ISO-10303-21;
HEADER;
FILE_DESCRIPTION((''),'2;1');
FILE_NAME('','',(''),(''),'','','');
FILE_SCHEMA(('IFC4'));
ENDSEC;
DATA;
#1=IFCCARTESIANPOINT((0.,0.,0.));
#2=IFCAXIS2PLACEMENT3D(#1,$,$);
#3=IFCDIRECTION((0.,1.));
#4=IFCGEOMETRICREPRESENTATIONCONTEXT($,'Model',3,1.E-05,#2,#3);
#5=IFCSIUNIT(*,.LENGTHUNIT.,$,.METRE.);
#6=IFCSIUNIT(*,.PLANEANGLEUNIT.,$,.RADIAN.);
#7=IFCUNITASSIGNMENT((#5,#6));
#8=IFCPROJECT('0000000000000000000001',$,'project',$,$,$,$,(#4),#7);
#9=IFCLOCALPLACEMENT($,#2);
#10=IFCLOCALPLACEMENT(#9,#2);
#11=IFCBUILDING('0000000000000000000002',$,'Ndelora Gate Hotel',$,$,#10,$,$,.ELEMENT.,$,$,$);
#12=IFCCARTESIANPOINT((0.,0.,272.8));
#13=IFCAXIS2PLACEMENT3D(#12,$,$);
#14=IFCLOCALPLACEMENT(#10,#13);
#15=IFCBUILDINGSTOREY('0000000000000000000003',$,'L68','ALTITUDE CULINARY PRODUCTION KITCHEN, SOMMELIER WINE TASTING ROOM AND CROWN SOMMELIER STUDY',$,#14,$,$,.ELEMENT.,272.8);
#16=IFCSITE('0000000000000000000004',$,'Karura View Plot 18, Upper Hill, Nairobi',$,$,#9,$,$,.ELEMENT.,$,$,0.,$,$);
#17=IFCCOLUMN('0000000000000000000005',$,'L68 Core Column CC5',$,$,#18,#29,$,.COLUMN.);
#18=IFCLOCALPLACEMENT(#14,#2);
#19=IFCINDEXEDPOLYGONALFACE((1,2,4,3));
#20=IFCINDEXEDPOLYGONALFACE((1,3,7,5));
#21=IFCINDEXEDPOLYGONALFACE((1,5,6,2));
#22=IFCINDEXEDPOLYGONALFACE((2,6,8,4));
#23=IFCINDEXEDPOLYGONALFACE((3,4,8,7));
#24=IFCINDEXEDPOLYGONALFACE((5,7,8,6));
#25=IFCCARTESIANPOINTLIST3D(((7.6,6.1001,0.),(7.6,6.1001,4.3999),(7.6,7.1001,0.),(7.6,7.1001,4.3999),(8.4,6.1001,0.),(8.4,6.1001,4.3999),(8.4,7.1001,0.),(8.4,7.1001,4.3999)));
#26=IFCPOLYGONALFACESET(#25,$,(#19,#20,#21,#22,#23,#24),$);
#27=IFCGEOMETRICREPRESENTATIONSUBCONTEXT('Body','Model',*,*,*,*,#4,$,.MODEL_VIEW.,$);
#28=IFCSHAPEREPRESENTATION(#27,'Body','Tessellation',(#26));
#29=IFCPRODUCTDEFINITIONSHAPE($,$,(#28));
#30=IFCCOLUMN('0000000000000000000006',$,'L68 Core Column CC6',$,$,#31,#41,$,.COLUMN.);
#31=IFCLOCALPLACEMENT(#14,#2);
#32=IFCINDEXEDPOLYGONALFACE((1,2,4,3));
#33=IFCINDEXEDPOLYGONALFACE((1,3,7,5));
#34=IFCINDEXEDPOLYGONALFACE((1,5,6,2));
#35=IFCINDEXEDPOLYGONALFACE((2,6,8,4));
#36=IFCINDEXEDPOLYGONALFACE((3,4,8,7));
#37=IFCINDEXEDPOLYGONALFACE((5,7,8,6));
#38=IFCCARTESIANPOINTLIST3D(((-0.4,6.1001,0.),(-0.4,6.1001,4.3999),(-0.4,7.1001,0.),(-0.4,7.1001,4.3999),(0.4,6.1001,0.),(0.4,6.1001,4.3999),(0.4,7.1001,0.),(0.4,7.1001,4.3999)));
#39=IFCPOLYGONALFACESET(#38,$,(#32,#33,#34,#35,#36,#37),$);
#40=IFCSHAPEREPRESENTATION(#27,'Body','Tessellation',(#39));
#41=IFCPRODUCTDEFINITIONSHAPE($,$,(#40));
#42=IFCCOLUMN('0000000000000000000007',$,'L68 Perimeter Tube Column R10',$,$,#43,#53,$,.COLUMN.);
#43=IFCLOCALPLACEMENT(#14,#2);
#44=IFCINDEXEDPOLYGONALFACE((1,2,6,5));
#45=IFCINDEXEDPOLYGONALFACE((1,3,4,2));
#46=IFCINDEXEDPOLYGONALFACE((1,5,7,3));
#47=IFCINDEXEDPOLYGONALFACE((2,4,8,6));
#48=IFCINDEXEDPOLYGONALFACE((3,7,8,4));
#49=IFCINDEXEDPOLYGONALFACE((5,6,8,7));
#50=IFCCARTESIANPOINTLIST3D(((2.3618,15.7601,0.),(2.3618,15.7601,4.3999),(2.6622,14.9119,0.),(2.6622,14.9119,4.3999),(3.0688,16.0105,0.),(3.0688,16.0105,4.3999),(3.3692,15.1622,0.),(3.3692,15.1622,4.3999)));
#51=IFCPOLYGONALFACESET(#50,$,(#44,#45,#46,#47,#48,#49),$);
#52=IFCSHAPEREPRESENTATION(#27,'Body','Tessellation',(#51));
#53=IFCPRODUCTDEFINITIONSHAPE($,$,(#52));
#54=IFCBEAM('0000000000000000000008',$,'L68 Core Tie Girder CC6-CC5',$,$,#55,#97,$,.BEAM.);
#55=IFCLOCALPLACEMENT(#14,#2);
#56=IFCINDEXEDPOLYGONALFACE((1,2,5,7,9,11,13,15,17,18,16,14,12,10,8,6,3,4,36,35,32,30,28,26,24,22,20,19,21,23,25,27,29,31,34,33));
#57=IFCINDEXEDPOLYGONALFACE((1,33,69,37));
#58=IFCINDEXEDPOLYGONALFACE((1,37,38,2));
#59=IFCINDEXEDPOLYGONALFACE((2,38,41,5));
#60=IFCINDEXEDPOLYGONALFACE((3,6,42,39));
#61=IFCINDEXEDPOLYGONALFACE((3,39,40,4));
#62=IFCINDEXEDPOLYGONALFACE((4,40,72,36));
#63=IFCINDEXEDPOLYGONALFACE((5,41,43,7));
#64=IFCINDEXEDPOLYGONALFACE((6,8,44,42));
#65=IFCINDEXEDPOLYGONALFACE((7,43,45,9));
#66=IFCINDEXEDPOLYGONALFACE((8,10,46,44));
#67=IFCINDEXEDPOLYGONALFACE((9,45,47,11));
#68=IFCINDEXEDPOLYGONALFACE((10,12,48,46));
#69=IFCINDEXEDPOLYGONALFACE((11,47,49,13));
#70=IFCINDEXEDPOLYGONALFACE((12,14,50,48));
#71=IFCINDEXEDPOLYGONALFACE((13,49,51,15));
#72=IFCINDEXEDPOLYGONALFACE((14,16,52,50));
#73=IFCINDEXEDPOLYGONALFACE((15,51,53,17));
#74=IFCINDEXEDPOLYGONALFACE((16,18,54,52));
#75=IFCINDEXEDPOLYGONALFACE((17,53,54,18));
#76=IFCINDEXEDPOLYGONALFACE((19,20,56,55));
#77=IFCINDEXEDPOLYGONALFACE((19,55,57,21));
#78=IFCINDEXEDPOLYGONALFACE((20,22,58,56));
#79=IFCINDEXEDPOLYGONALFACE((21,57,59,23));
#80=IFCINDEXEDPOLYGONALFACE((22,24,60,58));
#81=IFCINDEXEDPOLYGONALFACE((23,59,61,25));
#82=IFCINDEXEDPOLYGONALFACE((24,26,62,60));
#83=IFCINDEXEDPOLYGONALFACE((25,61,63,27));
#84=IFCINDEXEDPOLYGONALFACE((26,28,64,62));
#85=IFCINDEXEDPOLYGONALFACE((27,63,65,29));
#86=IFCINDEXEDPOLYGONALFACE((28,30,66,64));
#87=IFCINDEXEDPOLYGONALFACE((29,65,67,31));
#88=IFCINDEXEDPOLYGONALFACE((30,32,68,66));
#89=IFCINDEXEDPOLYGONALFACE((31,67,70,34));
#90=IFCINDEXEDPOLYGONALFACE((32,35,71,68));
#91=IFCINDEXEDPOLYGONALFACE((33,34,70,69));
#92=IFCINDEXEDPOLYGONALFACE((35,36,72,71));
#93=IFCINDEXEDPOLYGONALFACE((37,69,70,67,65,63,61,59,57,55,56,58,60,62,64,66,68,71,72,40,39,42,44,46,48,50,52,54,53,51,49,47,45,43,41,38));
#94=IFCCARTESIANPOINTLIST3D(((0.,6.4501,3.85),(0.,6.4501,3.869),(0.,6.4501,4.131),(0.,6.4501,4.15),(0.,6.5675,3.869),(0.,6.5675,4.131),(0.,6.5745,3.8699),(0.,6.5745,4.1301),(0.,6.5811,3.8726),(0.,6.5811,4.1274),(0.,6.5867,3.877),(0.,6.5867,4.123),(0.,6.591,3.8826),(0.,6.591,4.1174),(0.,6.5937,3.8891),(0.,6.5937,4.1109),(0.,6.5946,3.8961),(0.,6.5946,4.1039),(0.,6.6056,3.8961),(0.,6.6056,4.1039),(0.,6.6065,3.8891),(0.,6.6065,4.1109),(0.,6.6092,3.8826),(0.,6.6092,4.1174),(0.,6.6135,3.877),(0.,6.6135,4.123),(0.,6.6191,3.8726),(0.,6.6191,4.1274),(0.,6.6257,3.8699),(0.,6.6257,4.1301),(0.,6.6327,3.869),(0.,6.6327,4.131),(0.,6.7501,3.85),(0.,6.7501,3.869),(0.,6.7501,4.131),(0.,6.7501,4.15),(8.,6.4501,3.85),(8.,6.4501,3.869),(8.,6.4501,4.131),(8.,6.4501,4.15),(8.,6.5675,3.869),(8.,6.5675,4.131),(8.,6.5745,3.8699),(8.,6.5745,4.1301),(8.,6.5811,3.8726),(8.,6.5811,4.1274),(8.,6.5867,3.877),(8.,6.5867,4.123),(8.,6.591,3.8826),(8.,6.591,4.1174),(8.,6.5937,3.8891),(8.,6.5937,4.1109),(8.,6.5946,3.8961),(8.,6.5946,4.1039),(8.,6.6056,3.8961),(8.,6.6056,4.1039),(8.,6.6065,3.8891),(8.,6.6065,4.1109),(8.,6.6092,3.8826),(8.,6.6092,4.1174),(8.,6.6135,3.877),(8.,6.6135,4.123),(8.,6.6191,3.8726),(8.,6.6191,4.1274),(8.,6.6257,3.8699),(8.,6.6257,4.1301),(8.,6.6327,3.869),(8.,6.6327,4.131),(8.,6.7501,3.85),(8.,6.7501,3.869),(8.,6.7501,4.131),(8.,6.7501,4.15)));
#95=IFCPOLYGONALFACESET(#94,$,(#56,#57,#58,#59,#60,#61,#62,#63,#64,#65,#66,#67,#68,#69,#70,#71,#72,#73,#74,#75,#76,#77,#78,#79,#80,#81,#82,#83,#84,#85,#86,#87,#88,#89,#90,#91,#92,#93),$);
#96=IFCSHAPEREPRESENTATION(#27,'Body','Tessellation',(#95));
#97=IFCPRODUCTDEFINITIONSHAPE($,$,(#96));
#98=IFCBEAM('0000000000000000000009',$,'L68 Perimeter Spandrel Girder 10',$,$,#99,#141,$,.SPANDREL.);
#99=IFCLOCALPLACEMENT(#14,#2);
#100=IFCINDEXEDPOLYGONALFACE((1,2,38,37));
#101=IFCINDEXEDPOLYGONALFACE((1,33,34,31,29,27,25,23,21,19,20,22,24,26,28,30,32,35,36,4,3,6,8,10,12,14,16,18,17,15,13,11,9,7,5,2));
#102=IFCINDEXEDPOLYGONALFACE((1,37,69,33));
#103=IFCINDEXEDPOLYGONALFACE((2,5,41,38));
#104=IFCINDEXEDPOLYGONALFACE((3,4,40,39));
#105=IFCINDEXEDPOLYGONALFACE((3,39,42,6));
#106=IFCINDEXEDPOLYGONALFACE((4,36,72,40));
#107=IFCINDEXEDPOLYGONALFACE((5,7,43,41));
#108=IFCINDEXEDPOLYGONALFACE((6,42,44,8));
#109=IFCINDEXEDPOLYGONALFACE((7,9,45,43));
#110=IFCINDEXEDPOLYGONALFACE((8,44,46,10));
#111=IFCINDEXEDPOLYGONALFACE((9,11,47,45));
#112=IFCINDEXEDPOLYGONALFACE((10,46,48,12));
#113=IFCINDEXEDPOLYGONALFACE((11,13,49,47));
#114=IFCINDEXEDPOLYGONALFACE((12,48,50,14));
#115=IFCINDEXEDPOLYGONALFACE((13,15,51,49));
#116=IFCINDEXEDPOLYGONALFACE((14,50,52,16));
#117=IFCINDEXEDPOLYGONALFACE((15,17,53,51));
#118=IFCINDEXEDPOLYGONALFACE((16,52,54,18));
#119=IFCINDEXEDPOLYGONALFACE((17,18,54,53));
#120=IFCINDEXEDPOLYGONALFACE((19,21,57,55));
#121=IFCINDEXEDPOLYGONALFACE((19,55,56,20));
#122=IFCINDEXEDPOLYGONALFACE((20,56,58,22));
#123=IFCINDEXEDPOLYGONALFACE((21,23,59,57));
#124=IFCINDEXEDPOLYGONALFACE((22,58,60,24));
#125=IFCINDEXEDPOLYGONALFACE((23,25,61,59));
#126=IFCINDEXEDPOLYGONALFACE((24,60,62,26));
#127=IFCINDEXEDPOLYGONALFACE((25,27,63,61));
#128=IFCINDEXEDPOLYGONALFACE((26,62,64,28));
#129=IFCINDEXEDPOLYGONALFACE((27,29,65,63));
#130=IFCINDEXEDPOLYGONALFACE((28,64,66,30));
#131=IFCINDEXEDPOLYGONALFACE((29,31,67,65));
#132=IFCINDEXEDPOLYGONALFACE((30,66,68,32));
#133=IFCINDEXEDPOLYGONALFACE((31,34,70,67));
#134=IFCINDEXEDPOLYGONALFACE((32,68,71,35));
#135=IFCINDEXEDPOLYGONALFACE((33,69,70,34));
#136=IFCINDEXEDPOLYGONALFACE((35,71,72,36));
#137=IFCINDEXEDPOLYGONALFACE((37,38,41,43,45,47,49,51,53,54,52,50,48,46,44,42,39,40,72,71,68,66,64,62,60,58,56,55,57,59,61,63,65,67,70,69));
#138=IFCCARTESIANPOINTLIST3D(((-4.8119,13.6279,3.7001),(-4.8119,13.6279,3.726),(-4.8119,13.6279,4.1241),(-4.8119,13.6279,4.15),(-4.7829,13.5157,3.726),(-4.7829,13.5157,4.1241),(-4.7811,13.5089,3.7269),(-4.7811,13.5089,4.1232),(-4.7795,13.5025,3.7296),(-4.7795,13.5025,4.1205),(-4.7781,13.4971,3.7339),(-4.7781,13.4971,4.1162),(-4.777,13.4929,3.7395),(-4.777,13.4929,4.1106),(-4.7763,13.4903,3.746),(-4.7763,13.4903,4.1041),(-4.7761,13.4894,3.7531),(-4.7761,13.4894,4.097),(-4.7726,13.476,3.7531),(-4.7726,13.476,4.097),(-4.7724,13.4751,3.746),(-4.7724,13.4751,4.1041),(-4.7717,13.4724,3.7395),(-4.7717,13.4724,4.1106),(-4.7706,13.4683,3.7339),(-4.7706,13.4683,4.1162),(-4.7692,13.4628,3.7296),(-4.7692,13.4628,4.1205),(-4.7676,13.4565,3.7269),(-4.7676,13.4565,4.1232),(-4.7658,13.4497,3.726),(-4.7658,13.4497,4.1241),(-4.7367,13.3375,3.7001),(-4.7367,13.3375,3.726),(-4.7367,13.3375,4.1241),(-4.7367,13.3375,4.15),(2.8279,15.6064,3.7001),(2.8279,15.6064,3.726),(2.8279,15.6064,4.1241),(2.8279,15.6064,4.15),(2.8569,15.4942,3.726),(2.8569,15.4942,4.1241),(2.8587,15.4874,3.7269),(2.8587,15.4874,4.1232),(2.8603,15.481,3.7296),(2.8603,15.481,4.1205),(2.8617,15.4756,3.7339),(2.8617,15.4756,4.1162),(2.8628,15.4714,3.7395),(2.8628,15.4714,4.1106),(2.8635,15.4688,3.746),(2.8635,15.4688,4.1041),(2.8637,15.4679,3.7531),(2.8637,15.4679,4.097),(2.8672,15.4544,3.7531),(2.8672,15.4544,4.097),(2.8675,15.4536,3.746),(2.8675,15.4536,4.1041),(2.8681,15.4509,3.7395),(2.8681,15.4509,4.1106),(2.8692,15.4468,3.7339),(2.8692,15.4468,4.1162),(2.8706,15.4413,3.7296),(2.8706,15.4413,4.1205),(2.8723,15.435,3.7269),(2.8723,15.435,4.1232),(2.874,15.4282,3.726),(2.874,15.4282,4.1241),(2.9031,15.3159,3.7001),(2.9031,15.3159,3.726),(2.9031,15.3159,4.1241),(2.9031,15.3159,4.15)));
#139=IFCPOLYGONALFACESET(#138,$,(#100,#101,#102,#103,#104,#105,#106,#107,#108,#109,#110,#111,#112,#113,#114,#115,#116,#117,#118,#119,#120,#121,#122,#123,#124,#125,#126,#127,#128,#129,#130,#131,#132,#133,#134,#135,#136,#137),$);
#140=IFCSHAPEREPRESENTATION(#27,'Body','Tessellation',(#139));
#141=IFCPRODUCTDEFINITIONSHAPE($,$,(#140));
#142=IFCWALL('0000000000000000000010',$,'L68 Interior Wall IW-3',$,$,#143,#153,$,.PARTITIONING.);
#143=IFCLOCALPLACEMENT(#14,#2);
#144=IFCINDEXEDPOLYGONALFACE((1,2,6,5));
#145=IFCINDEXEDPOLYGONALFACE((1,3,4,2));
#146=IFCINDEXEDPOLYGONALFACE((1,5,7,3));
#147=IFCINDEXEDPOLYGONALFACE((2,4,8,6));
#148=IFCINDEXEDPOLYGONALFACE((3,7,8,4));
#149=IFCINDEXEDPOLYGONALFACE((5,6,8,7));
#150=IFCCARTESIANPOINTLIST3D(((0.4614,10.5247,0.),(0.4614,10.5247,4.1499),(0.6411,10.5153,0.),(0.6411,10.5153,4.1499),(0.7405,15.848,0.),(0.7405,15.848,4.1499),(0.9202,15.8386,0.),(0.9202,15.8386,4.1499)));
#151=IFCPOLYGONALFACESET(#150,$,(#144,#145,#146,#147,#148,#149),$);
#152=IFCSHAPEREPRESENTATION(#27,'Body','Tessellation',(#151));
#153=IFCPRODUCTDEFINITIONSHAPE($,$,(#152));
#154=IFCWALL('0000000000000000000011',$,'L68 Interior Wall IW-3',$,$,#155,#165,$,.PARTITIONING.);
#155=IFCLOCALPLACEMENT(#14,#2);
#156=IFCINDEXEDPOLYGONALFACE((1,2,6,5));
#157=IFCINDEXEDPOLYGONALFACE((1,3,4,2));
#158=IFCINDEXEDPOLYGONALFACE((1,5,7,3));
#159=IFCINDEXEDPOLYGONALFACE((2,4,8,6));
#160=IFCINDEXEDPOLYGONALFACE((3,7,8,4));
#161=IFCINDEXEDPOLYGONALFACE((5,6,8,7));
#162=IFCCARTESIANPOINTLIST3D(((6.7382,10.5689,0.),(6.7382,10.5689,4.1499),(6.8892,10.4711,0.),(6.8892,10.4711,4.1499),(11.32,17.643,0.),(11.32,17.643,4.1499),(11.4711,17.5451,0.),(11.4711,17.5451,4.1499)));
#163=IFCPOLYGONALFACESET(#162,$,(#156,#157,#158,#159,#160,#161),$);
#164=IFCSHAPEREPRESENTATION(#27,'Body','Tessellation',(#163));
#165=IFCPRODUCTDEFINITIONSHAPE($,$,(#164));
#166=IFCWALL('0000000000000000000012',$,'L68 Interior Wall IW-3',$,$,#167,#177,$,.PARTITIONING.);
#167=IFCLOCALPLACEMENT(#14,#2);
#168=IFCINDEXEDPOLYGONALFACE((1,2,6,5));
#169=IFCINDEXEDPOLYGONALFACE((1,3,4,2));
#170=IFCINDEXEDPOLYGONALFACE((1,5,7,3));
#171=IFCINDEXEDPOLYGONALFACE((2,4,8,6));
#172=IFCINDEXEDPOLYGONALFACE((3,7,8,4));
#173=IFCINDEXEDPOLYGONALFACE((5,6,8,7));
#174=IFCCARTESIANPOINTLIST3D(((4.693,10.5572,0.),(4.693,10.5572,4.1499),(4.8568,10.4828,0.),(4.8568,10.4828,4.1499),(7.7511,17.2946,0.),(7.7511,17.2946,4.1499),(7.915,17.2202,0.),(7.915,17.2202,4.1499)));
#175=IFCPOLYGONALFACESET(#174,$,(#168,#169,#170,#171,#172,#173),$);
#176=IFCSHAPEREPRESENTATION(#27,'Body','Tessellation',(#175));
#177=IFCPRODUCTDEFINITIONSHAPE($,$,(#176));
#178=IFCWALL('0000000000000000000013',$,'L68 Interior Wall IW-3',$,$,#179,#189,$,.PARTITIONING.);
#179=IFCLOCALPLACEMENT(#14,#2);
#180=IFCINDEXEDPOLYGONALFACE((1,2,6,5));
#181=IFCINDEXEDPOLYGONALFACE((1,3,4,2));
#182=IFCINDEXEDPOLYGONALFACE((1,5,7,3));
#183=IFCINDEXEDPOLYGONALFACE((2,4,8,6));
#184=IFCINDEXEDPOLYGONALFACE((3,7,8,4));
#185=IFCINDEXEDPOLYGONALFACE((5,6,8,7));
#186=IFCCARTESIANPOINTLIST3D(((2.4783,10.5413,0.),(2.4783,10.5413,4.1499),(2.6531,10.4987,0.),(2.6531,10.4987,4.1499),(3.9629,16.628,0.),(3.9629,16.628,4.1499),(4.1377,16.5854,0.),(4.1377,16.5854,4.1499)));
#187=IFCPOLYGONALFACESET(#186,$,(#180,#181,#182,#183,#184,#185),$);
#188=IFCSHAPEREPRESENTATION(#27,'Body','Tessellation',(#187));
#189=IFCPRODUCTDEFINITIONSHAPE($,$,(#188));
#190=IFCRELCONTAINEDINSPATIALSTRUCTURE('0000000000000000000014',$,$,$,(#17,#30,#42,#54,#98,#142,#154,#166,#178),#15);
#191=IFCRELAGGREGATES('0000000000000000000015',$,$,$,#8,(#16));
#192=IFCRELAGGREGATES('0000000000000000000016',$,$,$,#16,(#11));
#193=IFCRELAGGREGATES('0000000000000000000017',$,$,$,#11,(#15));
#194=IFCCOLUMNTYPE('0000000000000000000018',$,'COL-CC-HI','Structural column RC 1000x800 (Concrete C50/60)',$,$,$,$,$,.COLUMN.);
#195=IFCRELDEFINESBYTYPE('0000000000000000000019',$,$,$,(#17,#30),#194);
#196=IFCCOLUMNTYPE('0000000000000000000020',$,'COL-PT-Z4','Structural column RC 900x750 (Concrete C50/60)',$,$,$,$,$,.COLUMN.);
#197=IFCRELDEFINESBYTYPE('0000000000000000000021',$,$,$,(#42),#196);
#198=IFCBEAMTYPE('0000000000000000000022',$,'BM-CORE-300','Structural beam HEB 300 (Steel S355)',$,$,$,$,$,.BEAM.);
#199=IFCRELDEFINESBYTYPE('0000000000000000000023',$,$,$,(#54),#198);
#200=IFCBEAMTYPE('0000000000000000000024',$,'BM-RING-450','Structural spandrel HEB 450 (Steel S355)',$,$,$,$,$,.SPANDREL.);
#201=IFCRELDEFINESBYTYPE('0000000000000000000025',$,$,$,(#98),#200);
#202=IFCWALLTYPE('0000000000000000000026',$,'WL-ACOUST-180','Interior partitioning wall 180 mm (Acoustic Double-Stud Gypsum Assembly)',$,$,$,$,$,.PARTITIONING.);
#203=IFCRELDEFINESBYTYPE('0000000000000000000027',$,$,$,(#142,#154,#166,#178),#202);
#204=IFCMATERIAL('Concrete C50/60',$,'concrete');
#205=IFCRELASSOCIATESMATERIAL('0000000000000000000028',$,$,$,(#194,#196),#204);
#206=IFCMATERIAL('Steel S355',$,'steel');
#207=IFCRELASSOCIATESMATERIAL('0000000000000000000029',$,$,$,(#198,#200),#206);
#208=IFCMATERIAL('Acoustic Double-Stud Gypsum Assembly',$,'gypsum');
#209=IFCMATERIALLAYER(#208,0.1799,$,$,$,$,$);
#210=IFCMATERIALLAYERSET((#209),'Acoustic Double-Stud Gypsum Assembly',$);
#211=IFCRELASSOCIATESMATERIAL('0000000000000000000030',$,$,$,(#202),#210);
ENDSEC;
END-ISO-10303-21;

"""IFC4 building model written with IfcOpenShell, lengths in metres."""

from ifc_helpers import new_model, si_unit, direction, frame, frame_2d, origin, origin_2d, place, context, subcontext, project, spatial, rectangle, i_section, extrude, material, layer, layer_set, material_profile, profile_set, type_object, element, save


model = new_model("IFC4")

# Units and contexts
model_context = context("Model", 3, precision=1e-05, world=origin(), true_north=direction((0.0, 1.0)))
body_context = subcontext(model_context, "Body", "Model", "MODEL_VIEW")
ifc_project = project(units=[si_unit("LENGTHUNIT", "METRE"), si_unit("PLANEANGLEUNIT", "RADIAN")], contexts=[model_context])

# Site, building, storey
site_placement = place(None, origin())
site = spatial("IfcSite", under=ifc_project, at=site_placement, Name="Karura View Plot 18, Upper Hill, Nairobi", CompositionType="ELEMENT", RefElevation=0.0)
building_placement = place(site_placement, origin())
building = spatial("IfcBuilding", under=site, at=building_placement, Name="Ndelora Gate Hotel", CompositionType="ELEMENT")
storey_placement = place(building_placement, frame((0.0, 0.0, 272.8)))
storey = spatial("IfcBuildingStorey", under=building, at=storey_placement, Name="L68", Description="ALTITUDE CULINARY PRODUCTION KITCHEN, SOMMELIER WINE TASTING ROOM AND CROWN SOMMELIER STUDY", CompositionType="ELEMENT", Elevation=272.8)

# Columns
ifc_material_1 = material(Name="Concrete C50/60", Category="concrete")
ifc_material_profile_1 = material_profile(ifc_material_1, rectangle(XDim=0.8, YDim=1.0, at=origin_2d()), Name="RC 1000x800")
ifc_profile_set_1 = profile_set([ifc_material_profile_1], Name="Concrete C50/60")
column_type_1 = type_object("IfcColumnType", Name="COL-CC-HI", Description="Structural column RC 1000x800 (Concrete C50/60)", PredefinedType="COLUMN", material=ifc_profile_set_1)
for number, where, z_axis, x_axis, name in (
    (1, (8.0, 6.6001, 0.0), (0.0, 0.0, 1.0), (1.0, 0.0, 0.0), "L68 Core Column CC5"),
    (2, (0.0, 6.6001, 0.0), (0.0, 0.0, 1.0), (1.0, 0.0, 0.0), "L68 Core Column CC6"),
):
    element("IfcColumn", number, at=place(storey_placement, frame(where, z_axis=z_axis, x_axis=x_axis)), inside=storey, type_object=column_type_1, Name=name, PredefinedType="COLUMN", context=body_context, shape_type="SweptSolid", body=[
        extrude(rectangle(XDim=0.8, YDim=1.0, at=origin_2d()), origin(), (0.0, 0.0, 1.0), 4.3999),
    ])
ifc_material_profile_2 = material_profile(ifc_material_1, rectangle(XDim=0.75, YDim=0.8999, at=origin_2d()), Name="RC 900x750")
ifc_profile_set_2 = profile_set([ifc_material_profile_2], Name="Concrete C50/60")
column_type_2 = type_object("IfcColumnType", Name="COL-PT-Z4", Description="Structural column RC 900x750 (Concrete C50/60)", PredefinedType="COLUMN", material=ifc_profile_set_2)
column_placement = place(storey_placement, frame((2.8655, 15.4612, 0.0), z_axis=(0.0, 0.0, 1.0), x_axis=(0.942641, 0.333807, 0.0)))
element("IfcColumn", 3, at=column_placement, inside=storey, type_object=column_type_2, Name="L68 Perimeter Tube Column R10", PredefinedType="COLUMN", context=body_context, shape_type="SweptSolid", body=[
    extrude(rectangle(XDim=0.75, YDim=0.8999, at=origin_2d()), origin(), (0.0, 0.0, 1.0), 4.3999),
])

# Beams
ifc_material_2 = material(Name="Steel S355", Category="steel")
ifc_material_profile_3 = material_profile(ifc_material_2, i_section(OverallWidth=0.3, OverallDepth=0.3, WebThickness=0.011, FlangeThickness=0.019, FilletRadius=0.0271, at=origin_2d()), Name="HEB 300")
ifc_profile_set_3 = profile_set([ifc_material_profile_3], Name="Steel S355")
beam_type_1 = type_object("IfcBeamType", Name="BM-CORE-300", Description="Structural beam HEB 300 (Steel S355)", PredefinedType="BEAM", material=ifc_profile_set_3)
beam_1_placement = place(storey_placement, frame((0.0, 6.6001, 4.0), z_axis=(1.0, 0.0, 0.0), x_axis=(0.0, 1.0, 0.0)))
element("IfcBeam", 4, at=beam_1_placement, inside=storey, type_object=beam_type_1, Name="L68 Core Tie Girder CC6-CC5", PredefinedType="BEAM", context=body_context, shape_type="SweptSolid", body=[
    extrude(i_section(OverallWidth=0.3, OverallDepth=0.3, WebThickness=0.011, FlangeThickness=0.019, FilletRadius=0.0271, at=origin_2d()), origin(), (0.0, 0.0, 1.0), 8.0),
])
ifc_material_profile_4 = material_profile(ifc_material_2, i_section(OverallWidth=0.3, OverallDepth=0.45, WebThickness=0.0139, FlangeThickness=0.0259, FilletRadius=0.0271, at=origin_2d()), Name="HEB 450")
ifc_profile_set_4 = profile_set([ifc_material_profile_4], Name="Steel S355")
beam_type_2 = type_object("IfcBeamType", Name="BM-RING-450", Description="Structural spandrel HEB 450 (Steel S355)", PredefinedType="SPANDREL", material=ifc_profile_set_4)
beam_2_placement = place(storey_placement, frame((2.8655, 15.4612, 3.925), z_axis=(-0.968064, -0.250701, 0.0), x_axis=(0.250701, -0.968064, 0.0)))
element("IfcBeam", 5, at=beam_2_placement, inside=storey, type_object=beam_type_2, Name="L68 Perimeter Spandrel Girder 10", PredefinedType="SPANDREL", context=body_context, shape_type="SweptSolid", body=[
    extrude(i_section(OverallWidth=0.3, OverallDepth=0.45, WebThickness=0.0139, FlangeThickness=0.0259, FilletRadius=0.0271, at=origin_2d()), origin(), (0.0, 0.0, 1.0), 7.8918),
])

# Walls
ifc_material_3 = material(Name="Acoustic Double-Stud Gypsum Assembly", Category="gypsum")
ifc_layer_1 = layer(ifc_material_3, 0.1799)
ifc_layer_set_1 = layer_set([ifc_layer_1], Name="Acoustic Double-Stud Gypsum Assembly")
wall_type_1 = type_object("IfcWallType", Name="WL-ACOUST-180", Description="Interior partitioning wall 180 mm (Acoustic Double-Stud Gypsum Assembly)", PredefinedType="PARTITIONING", material=ifc_layer_set_1)
wall_1_placement = place(storey_placement, frame((0.5513, 10.52, 0.0), z_axis=(0.0, 0.0, 1.0), x_axis=(0.05235, 0.998629, 0.0)))
element("IfcWall", 6, at=wall_1_placement, inside=storey, type_object=wall_type_1, Name="L68 Interior Wall IW-3", PredefinedType="PARTITIONING", context=body_context, shape_type="SweptSolid", body=[
    extrude(rectangle(XDim=5.3306, YDim=0.1799, at=frame_2d((2.6653, 0.0))), origin(), (0.0, 0.0, 1.0), 4.1499),
])
wall_2_placement = place(storey_placement, frame((6.8137, 10.52, 0.0), z_axis=(0.0, 0.0, 1.0), x_axis=(0.543628, 0.839326, 0.0)))
element("IfcWall", 7, at=wall_2_placement, inside=storey, type_object=wall_type_1, Name="L68 Interior Wall IW-3", PredefinedType="PARTITIONING", context=body_context, shape_type="SweptSolid", body=[
    extrude(rectangle(XDim=8.4282, YDim=0.1799, at=frame_2d((4.2141, 0.0))), origin(), (0.0, 0.0, 1.0), 4.1499),
])
wall_3_placement = place(storey_placement, frame((4.7749, 10.52, 0.0), z_axis=(0.0, 0.0, 1.0), x_axis=(0.413321, 0.910586, 0.0)))
element("IfcWall", 8, at=wall_3_placement, inside=storey, type_object=wall_type_1, Name="L68 Interior Wall IW-3", PredefinedType="PARTITIONING", context=body_context, shape_type="SweptSolid", body=[
    extrude(rectangle(XDim=7.3989, YDim=0.1799, at=frame_2d((3.6995, 0.0))), origin(), (0.0, 0.0, 1.0), 4.1499),
])
wall_4_placement = place(storey_placement, frame((2.5657, 10.52, 0.0), z_axis=(0.0, 0.0, 1.0), x_axis=(0.236966, 0.971518, 0.0)))
element("IfcWall", 9, at=wall_4_placement, inside=storey, type_object=wall_type_1, Name="L68 Interior Wall IW-3", PredefinedType="PARTITIONING", context=body_context, shape_type="SweptSolid", body=[
    extrude(rectangle(XDim=6.2651, YDim=0.1799, at=frame_2d((3.1326, 0.0))), origin(), (0.0, 0.0, 1.0), 4.1499),
])

save(model, "model.ifc")
